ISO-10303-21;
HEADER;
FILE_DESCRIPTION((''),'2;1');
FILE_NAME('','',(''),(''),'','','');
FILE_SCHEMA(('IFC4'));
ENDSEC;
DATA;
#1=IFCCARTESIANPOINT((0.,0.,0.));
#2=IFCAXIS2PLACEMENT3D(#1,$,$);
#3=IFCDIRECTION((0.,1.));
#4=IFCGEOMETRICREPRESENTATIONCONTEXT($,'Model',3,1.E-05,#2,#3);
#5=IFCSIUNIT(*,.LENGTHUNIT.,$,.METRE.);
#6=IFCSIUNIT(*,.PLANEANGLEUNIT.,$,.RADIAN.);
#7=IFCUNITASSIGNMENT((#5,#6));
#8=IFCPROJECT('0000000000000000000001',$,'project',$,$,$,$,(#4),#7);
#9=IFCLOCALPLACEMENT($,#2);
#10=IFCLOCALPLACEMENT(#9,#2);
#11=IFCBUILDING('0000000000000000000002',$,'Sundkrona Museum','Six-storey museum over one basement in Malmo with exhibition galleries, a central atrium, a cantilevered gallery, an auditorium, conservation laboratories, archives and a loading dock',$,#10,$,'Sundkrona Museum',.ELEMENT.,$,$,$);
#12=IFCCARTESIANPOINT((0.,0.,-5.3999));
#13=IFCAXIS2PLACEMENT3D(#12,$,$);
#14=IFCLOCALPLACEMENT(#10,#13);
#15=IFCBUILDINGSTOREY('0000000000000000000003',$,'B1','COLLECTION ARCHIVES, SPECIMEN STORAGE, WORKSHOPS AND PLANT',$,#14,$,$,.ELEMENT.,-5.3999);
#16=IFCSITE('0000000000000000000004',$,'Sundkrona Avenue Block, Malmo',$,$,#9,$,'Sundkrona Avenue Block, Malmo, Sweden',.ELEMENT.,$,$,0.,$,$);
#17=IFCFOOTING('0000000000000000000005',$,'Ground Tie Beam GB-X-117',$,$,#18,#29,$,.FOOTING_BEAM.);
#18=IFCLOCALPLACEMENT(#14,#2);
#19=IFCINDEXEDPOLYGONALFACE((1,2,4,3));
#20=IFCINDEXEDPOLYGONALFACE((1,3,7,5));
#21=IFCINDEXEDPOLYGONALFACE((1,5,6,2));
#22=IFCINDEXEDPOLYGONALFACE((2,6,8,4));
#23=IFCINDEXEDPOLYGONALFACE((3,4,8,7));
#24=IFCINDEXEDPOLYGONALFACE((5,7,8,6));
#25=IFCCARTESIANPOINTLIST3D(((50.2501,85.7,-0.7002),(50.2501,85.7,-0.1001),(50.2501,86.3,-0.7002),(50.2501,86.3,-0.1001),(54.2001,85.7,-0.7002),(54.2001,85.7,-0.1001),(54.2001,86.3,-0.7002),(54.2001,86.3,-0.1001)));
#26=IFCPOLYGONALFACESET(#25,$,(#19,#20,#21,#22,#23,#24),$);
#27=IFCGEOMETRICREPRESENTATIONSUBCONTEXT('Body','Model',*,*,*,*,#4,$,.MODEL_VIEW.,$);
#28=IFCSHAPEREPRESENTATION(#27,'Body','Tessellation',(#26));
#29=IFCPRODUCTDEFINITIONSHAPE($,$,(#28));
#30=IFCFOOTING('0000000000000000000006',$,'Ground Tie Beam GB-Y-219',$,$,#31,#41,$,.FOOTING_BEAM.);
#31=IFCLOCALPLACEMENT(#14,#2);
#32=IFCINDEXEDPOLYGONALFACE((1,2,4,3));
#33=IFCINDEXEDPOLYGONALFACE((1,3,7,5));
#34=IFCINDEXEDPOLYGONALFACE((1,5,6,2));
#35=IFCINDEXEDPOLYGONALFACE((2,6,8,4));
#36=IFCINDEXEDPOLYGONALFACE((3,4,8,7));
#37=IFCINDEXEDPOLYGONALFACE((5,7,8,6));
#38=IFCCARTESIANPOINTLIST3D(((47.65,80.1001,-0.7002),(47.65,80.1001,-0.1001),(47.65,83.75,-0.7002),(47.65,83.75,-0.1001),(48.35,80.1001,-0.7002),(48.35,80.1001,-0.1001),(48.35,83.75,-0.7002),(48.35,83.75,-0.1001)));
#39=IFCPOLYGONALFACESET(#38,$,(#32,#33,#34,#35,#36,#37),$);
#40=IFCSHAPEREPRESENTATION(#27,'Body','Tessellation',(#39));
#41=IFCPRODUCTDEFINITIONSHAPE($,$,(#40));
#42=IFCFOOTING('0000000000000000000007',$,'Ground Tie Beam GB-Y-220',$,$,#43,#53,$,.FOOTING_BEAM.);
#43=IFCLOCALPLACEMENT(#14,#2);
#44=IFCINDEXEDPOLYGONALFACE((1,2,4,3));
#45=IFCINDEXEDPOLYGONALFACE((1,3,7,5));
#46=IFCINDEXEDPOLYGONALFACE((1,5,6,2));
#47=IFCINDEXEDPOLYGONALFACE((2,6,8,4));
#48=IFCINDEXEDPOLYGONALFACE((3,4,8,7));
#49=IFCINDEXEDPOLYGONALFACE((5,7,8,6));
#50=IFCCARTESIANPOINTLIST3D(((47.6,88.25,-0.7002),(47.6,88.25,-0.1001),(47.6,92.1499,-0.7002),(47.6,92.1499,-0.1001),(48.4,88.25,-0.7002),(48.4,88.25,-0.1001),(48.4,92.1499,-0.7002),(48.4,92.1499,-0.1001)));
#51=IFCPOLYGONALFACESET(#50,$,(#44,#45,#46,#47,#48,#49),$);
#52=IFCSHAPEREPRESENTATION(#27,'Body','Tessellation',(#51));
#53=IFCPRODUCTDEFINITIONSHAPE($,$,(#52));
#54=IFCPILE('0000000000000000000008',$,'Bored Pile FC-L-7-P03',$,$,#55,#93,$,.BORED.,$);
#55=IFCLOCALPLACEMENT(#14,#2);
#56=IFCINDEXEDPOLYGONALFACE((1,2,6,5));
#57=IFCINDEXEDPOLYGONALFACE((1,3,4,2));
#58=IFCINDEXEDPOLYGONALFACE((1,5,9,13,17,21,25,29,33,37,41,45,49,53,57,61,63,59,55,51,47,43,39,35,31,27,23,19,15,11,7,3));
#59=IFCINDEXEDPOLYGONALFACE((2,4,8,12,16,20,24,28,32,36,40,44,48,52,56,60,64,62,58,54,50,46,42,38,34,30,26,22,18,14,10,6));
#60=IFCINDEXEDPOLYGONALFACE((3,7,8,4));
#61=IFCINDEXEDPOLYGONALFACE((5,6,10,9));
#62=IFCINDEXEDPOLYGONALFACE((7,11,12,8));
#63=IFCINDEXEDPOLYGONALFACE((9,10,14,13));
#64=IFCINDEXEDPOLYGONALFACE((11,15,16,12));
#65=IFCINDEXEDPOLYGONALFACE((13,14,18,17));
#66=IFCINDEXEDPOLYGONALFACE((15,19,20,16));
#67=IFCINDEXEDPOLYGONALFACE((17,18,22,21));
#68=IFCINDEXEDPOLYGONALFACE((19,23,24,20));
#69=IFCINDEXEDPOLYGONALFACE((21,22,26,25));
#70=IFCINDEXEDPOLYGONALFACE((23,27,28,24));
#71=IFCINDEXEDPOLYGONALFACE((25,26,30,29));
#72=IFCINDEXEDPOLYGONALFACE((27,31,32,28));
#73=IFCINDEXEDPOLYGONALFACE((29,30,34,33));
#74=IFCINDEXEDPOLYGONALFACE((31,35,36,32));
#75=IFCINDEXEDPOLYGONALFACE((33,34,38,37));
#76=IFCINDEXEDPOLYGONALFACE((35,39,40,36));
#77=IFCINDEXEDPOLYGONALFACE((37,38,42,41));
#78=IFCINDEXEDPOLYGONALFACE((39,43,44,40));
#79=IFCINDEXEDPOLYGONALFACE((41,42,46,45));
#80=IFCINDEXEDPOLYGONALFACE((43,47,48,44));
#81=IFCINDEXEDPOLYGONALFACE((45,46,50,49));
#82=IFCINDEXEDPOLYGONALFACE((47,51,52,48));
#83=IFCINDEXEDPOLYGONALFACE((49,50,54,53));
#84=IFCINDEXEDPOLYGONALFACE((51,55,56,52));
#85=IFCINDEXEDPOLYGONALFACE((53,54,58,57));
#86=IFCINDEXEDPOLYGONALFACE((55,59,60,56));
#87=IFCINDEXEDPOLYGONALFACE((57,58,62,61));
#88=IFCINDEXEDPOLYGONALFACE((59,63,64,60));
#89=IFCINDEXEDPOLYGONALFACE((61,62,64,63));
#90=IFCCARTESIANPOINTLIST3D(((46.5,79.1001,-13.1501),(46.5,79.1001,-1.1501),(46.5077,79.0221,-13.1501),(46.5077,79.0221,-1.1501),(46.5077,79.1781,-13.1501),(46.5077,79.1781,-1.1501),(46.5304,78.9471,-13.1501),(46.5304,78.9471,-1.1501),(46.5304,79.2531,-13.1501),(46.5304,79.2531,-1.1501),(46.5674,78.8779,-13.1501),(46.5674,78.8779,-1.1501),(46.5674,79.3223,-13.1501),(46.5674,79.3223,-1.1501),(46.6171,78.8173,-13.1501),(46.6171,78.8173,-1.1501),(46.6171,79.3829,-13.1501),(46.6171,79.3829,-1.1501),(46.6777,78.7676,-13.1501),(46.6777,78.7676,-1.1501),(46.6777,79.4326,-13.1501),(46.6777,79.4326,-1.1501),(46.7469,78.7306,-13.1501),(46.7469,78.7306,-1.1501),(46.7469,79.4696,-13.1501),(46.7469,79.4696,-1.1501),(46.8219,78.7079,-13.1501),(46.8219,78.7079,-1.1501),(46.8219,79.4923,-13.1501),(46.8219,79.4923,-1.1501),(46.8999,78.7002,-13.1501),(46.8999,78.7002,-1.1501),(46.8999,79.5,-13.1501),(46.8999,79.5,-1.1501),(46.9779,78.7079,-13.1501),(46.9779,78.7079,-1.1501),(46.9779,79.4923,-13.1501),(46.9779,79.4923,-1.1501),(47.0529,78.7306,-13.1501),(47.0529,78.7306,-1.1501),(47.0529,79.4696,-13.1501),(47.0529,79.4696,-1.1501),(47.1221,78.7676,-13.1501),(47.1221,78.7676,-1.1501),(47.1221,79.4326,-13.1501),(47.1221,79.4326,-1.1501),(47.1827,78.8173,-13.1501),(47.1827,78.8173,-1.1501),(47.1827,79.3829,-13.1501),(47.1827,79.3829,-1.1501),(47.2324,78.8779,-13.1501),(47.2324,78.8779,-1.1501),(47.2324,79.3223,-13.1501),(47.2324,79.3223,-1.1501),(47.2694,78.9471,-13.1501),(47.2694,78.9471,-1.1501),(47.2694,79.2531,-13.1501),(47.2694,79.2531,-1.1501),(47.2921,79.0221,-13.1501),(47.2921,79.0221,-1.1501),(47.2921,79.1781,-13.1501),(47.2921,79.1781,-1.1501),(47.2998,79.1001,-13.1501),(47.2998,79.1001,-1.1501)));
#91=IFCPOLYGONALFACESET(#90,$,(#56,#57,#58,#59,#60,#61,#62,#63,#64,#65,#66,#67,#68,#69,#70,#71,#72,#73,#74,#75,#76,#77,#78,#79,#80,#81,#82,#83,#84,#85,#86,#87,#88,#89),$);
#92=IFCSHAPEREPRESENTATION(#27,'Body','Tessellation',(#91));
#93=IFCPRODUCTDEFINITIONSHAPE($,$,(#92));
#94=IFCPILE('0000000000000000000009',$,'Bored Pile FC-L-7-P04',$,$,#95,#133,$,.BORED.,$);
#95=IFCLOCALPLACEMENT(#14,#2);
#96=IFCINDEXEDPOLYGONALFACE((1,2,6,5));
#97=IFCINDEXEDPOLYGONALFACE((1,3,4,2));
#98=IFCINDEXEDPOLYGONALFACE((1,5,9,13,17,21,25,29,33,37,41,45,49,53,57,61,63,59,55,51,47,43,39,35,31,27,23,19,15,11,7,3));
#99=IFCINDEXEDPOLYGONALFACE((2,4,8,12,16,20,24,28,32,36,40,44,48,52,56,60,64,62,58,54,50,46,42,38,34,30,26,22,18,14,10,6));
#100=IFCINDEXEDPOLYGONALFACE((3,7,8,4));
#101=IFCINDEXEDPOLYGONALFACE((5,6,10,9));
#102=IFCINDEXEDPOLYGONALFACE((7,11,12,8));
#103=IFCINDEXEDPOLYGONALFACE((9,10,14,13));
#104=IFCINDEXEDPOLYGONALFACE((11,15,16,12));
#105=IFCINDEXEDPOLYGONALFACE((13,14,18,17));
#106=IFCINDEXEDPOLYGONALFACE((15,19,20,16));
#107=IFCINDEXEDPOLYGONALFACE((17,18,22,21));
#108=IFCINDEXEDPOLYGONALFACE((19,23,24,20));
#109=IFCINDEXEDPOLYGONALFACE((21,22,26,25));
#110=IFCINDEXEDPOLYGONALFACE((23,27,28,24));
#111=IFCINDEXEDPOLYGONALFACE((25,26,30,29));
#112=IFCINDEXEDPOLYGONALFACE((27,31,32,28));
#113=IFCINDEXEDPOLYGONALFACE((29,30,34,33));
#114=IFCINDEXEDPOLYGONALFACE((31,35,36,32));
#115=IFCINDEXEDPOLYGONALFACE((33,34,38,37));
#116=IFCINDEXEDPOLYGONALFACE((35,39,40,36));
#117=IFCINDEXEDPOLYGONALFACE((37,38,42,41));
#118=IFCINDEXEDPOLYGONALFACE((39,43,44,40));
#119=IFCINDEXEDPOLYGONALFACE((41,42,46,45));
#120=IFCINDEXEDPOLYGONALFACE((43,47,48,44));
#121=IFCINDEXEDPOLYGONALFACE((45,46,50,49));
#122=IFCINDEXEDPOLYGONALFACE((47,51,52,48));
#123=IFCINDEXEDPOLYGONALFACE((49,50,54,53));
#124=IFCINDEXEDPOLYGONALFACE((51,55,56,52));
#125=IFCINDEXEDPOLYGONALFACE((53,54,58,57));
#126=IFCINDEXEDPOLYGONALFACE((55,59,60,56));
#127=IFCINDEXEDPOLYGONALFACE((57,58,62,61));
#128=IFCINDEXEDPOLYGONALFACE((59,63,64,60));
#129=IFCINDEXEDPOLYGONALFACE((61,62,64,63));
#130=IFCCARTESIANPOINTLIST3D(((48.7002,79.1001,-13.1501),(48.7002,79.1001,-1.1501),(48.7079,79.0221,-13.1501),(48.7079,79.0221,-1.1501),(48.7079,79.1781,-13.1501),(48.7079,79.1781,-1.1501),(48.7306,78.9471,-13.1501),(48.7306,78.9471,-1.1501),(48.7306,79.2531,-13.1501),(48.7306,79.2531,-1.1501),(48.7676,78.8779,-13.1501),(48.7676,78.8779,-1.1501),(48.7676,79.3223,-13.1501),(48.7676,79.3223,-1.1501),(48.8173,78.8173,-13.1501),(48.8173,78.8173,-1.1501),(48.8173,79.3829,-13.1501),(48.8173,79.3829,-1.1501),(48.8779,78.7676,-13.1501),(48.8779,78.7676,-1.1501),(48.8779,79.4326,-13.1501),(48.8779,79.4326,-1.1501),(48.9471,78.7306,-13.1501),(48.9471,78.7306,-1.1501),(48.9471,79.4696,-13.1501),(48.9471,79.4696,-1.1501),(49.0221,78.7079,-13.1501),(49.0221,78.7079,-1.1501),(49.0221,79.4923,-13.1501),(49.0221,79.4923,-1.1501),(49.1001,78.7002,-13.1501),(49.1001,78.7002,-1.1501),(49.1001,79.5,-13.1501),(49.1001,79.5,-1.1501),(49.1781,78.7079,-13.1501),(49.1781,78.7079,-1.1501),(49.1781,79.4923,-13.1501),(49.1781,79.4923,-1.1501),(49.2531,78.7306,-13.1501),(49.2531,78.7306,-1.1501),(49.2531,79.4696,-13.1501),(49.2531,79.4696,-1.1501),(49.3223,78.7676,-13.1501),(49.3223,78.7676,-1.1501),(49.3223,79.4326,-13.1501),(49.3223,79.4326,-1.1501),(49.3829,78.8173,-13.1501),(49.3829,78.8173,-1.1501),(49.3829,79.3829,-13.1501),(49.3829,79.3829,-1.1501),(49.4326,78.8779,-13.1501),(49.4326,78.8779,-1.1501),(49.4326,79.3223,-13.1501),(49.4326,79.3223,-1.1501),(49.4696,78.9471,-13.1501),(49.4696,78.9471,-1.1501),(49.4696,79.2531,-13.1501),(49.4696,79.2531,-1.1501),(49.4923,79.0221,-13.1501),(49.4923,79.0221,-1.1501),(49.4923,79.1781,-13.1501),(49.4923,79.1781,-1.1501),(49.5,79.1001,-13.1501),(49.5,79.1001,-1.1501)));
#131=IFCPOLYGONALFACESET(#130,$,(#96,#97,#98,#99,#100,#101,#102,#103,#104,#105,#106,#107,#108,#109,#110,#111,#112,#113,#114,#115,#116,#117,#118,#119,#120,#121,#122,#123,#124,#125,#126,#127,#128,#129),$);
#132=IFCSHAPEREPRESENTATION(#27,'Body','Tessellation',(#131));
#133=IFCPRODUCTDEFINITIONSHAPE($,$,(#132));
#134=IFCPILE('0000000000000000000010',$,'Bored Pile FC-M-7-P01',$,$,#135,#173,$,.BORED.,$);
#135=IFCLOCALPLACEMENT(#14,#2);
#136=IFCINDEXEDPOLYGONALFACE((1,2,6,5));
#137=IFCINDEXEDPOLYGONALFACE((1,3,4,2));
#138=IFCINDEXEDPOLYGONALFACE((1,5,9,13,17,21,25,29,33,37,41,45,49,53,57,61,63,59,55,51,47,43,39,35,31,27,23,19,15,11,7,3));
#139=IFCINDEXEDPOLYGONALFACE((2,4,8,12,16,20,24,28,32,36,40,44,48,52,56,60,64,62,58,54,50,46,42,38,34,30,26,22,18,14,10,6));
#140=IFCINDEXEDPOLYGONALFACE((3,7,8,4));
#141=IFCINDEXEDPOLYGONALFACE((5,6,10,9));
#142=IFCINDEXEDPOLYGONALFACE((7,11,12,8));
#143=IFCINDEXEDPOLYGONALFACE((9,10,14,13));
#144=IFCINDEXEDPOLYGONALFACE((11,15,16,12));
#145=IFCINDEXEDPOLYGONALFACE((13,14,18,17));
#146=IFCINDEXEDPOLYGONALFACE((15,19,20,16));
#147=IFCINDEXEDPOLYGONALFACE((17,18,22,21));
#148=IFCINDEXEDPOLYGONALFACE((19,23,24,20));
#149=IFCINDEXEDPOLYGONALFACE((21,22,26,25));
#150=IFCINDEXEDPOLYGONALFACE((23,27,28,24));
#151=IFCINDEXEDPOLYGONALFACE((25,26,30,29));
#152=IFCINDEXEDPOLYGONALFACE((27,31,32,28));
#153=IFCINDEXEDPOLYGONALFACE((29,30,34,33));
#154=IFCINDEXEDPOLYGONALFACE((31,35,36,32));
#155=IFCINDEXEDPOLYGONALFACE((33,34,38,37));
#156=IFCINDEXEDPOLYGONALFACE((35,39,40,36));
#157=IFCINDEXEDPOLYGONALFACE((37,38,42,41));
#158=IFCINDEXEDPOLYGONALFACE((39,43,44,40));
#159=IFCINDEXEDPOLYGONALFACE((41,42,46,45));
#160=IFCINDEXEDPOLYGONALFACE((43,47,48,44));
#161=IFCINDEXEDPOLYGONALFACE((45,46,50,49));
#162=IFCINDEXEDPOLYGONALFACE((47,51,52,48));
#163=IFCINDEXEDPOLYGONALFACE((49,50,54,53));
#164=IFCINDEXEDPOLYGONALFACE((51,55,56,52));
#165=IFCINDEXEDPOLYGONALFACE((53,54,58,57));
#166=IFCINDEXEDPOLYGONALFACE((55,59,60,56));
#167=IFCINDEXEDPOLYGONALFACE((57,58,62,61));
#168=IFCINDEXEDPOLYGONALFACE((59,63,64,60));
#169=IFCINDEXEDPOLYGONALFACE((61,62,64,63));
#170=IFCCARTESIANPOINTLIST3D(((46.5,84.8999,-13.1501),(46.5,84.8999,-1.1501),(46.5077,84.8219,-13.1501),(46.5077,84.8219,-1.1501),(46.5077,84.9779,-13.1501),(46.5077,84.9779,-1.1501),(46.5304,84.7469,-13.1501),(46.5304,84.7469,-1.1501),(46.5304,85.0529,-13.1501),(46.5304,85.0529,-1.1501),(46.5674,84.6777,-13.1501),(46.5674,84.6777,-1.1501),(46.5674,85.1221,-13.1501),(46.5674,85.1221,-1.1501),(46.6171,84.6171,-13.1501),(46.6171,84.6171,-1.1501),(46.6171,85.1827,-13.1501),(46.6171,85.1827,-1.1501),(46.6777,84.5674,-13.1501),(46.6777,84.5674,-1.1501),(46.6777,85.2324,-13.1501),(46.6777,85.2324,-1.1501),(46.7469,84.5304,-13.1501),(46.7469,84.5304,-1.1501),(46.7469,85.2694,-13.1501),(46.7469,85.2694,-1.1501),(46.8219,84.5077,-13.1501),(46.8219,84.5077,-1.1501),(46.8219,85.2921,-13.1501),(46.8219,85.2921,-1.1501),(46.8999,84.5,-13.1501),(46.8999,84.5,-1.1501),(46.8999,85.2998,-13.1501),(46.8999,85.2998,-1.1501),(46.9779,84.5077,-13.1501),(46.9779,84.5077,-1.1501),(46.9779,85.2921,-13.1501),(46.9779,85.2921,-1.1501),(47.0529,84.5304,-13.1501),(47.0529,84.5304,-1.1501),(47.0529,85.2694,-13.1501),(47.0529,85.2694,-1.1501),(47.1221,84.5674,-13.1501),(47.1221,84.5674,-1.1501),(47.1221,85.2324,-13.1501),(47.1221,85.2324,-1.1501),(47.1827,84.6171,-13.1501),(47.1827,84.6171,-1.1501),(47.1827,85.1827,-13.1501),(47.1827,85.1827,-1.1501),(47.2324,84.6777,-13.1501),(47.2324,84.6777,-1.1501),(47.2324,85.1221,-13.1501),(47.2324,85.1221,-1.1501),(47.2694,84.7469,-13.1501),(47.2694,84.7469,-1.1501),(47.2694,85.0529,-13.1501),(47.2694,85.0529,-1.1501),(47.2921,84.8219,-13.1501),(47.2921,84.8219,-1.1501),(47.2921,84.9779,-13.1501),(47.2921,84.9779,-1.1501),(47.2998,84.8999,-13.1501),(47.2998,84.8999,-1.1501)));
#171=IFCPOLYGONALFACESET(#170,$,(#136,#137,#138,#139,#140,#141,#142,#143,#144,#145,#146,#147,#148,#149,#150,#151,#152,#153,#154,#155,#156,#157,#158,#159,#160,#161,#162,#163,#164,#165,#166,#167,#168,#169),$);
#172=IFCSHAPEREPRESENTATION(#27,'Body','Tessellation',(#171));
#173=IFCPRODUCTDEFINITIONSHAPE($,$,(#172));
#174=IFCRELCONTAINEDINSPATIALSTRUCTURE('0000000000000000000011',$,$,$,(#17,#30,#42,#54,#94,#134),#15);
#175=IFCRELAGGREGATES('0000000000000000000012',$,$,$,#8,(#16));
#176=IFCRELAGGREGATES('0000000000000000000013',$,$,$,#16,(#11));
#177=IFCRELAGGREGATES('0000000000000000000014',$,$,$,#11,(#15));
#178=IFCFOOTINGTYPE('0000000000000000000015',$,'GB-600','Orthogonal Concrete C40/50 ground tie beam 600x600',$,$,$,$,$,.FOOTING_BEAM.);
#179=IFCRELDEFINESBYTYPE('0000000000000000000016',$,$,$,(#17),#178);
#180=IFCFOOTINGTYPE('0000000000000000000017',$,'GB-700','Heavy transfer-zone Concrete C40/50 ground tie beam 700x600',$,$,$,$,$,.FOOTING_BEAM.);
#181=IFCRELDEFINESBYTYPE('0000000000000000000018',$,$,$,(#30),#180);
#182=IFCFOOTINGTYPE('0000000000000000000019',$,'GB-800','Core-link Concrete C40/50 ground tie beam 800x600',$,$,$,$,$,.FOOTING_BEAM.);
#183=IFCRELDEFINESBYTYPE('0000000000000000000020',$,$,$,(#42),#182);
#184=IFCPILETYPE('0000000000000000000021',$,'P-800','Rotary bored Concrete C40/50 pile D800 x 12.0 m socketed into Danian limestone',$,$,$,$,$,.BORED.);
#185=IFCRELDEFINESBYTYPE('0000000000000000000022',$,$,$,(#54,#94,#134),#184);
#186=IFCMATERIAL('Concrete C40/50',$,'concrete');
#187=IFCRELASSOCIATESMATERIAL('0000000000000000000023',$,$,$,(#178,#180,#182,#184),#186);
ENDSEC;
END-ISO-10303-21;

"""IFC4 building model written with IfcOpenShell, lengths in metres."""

from ifc_helpers import new_model, si_unit, direction, frame, origin, origin_2d, place, context, subcontext, project, spatial, rectangle, circle, extrude, material, material_profile, profile_set, type_object, element, save


model = new_model("IFC4")

# Units and contexts
model_context = context("Model", 3, precision=1e-05, world=origin(), true_north=direction((0.0, 1.0)))
body_context = subcontext(model_context, "Body", "Model", "MODEL_VIEW")
ifc_project = project(units=[si_unit("LENGTHUNIT", "METRE"), si_unit("PLANEANGLEUNIT", "RADIAN")], contexts=[model_context])

# Site, building, storey
site_placement = place(None, origin())
site = spatial("IfcSite", under=ifc_project, at=site_placement, Name="Sundkrona Avenue Block, Malmo", LongName="Sundkrona Avenue Block, Malmo, Sweden", CompositionType="ELEMENT", RefElevation=0.0)
building_placement = place(site_placement, origin())
building = spatial("IfcBuilding", under=site, at=building_placement, Name="Sundkrona Museum", Description="Six-storey museum over one basement in Malmo with exhibition galleries, a central atrium, a cantilevered gallery, an auditorium, conservation laboratories, archives and a loading dock", LongName="Sundkrona Museum", CompositionType="ELEMENT")
storey_placement = place(building_placement, frame((0.0, 0.0, -5.3999)))
storey = spatial("IfcBuildingStorey", under=building, at=storey_placement, Name="B1", Description="COLLECTION ARCHIVES, SPECIMEN STORAGE, WORKSHOPS AND PLANT", CompositionType="ELEMENT", Elevation=-5.3999)

# Footings
ifc_material_1 = material(Name="Concrete C40/50", Category="concrete")
footing_type_1 = type_object("IfcFootingType", Name="GB-600", Description="Orthogonal Concrete C40/50 ground tie beam 600x600", PredefinedType="FOOTING_BEAM", material=ifc_material_1)
footing_1_placement = place(storey_placement, frame((52.2251, 86.0, -0.7002), z_axis=(0.0, 0.0, 1.0), x_axis=(1.0, 0.0, 0.0)))
element("IfcFooting", 1, at=footing_1_placement, inside=storey, type_object=footing_type_1, Name="Ground Tie Beam GB-X-117", PredefinedType="FOOTING_BEAM", context=body_context, shape_type="SweptSolid", body=[
    extrude(rectangle(XDim=3.95, YDim=0.6001, at=origin_2d()), origin(), (0.0, 0.0, 1.0), 0.6001),
])
footing_type_2 = type_object("IfcFootingType", Name="GB-700", Description="Heavy transfer-zone Concrete C40/50 ground tie beam 700x600", PredefinedType="FOOTING_BEAM", material=ifc_material_1)
footing_2_placement = place(storey_placement, frame((48.0, 81.925, -0.7002), z_axis=(0.0, 0.0, 1.0), x_axis=(0.0, 1.0, 0.0)))
element("IfcFooting", 2, at=footing_2_placement, inside=storey, type_object=footing_type_2, Name="Ground Tie Beam GB-Y-219", PredefinedType="FOOTING_BEAM", context=body_context, shape_type="SweptSolid", body=[
    extrude(rectangle(XDim=3.6499, YDim=0.7, at=origin_2d()), origin(), (0.0, 0.0, 1.0), 0.6001),
])
footing_type_3 = type_object("IfcFootingType", Name="GB-800", Description="Core-link Concrete C40/50 ground tie beam 800x600", PredefinedType="FOOTING_BEAM", material=ifc_material_1)
footing_3_placement = place(storey_placement, frame((48.0, 90.2, -0.7002), z_axis=(0.0, 0.0, 1.0), x_axis=(0.0, 1.0, 0.0)))
element("IfcFooting", 3, at=footing_3_placement, inside=storey, type_object=footing_type_3, Name="Ground Tie Beam GB-Y-220", PredefinedType="FOOTING_BEAM", context=body_context, shape_type="SweptSolid", body=[
    extrude(rectangle(XDim=3.8999, YDim=0.8, at=origin_2d()), origin(), (0.0, 0.0, 1.0), 0.6001),
])

# Piles
ifc_material_profile_1 = material_profile(ifc_material_1, circle(Radius=0.3999, at=origin_2d()), Name="PILE D800")
ifc_profile_set_1 = profile_set([ifc_material_profile_1], Name="Concrete C40/50")
pile_type = type_object("IfcPileType", Name="P-800", Description="Rotary bored Concrete C40/50 pile D800 x 12.0 m socketed into Danian limestone", PredefinedType="BORED", material=ifc_profile_set_1)
for number, where, z_axis, x_axis, name in (
    (4, (46.8999, 79.1001, -1.1501), (0.0, 0.0, -1.0), (1.0, 0.0, 0.0), "Bored Pile FC-L-7-P03"),
    (5, (49.1001, 79.1001, -1.1501), (0.0, 0.0, -1.0), (1.0, 0.0, 0.0), "Bored Pile FC-L-7-P04"),
    (6, (46.8999, 84.8999, -1.1501), (0.0, 0.0, -1.0), (1.0, 0.0, 0.0), "Bored Pile FC-M-7-P01"),
):
    element("IfcPile", number, at=place(storey_placement, frame(where, z_axis=z_axis, x_axis=x_axis)), inside=storey, type_object=pile_type, Name=name, PredefinedType="BORED", context=body_context, shape_type="SweptSolid", body=[
        extrude(circle(Radius=0.3999, at=origin_2d()), origin(), (0.0, 0.0, 1.0), 12.0),
    ])

save(model, "model.ifc")
